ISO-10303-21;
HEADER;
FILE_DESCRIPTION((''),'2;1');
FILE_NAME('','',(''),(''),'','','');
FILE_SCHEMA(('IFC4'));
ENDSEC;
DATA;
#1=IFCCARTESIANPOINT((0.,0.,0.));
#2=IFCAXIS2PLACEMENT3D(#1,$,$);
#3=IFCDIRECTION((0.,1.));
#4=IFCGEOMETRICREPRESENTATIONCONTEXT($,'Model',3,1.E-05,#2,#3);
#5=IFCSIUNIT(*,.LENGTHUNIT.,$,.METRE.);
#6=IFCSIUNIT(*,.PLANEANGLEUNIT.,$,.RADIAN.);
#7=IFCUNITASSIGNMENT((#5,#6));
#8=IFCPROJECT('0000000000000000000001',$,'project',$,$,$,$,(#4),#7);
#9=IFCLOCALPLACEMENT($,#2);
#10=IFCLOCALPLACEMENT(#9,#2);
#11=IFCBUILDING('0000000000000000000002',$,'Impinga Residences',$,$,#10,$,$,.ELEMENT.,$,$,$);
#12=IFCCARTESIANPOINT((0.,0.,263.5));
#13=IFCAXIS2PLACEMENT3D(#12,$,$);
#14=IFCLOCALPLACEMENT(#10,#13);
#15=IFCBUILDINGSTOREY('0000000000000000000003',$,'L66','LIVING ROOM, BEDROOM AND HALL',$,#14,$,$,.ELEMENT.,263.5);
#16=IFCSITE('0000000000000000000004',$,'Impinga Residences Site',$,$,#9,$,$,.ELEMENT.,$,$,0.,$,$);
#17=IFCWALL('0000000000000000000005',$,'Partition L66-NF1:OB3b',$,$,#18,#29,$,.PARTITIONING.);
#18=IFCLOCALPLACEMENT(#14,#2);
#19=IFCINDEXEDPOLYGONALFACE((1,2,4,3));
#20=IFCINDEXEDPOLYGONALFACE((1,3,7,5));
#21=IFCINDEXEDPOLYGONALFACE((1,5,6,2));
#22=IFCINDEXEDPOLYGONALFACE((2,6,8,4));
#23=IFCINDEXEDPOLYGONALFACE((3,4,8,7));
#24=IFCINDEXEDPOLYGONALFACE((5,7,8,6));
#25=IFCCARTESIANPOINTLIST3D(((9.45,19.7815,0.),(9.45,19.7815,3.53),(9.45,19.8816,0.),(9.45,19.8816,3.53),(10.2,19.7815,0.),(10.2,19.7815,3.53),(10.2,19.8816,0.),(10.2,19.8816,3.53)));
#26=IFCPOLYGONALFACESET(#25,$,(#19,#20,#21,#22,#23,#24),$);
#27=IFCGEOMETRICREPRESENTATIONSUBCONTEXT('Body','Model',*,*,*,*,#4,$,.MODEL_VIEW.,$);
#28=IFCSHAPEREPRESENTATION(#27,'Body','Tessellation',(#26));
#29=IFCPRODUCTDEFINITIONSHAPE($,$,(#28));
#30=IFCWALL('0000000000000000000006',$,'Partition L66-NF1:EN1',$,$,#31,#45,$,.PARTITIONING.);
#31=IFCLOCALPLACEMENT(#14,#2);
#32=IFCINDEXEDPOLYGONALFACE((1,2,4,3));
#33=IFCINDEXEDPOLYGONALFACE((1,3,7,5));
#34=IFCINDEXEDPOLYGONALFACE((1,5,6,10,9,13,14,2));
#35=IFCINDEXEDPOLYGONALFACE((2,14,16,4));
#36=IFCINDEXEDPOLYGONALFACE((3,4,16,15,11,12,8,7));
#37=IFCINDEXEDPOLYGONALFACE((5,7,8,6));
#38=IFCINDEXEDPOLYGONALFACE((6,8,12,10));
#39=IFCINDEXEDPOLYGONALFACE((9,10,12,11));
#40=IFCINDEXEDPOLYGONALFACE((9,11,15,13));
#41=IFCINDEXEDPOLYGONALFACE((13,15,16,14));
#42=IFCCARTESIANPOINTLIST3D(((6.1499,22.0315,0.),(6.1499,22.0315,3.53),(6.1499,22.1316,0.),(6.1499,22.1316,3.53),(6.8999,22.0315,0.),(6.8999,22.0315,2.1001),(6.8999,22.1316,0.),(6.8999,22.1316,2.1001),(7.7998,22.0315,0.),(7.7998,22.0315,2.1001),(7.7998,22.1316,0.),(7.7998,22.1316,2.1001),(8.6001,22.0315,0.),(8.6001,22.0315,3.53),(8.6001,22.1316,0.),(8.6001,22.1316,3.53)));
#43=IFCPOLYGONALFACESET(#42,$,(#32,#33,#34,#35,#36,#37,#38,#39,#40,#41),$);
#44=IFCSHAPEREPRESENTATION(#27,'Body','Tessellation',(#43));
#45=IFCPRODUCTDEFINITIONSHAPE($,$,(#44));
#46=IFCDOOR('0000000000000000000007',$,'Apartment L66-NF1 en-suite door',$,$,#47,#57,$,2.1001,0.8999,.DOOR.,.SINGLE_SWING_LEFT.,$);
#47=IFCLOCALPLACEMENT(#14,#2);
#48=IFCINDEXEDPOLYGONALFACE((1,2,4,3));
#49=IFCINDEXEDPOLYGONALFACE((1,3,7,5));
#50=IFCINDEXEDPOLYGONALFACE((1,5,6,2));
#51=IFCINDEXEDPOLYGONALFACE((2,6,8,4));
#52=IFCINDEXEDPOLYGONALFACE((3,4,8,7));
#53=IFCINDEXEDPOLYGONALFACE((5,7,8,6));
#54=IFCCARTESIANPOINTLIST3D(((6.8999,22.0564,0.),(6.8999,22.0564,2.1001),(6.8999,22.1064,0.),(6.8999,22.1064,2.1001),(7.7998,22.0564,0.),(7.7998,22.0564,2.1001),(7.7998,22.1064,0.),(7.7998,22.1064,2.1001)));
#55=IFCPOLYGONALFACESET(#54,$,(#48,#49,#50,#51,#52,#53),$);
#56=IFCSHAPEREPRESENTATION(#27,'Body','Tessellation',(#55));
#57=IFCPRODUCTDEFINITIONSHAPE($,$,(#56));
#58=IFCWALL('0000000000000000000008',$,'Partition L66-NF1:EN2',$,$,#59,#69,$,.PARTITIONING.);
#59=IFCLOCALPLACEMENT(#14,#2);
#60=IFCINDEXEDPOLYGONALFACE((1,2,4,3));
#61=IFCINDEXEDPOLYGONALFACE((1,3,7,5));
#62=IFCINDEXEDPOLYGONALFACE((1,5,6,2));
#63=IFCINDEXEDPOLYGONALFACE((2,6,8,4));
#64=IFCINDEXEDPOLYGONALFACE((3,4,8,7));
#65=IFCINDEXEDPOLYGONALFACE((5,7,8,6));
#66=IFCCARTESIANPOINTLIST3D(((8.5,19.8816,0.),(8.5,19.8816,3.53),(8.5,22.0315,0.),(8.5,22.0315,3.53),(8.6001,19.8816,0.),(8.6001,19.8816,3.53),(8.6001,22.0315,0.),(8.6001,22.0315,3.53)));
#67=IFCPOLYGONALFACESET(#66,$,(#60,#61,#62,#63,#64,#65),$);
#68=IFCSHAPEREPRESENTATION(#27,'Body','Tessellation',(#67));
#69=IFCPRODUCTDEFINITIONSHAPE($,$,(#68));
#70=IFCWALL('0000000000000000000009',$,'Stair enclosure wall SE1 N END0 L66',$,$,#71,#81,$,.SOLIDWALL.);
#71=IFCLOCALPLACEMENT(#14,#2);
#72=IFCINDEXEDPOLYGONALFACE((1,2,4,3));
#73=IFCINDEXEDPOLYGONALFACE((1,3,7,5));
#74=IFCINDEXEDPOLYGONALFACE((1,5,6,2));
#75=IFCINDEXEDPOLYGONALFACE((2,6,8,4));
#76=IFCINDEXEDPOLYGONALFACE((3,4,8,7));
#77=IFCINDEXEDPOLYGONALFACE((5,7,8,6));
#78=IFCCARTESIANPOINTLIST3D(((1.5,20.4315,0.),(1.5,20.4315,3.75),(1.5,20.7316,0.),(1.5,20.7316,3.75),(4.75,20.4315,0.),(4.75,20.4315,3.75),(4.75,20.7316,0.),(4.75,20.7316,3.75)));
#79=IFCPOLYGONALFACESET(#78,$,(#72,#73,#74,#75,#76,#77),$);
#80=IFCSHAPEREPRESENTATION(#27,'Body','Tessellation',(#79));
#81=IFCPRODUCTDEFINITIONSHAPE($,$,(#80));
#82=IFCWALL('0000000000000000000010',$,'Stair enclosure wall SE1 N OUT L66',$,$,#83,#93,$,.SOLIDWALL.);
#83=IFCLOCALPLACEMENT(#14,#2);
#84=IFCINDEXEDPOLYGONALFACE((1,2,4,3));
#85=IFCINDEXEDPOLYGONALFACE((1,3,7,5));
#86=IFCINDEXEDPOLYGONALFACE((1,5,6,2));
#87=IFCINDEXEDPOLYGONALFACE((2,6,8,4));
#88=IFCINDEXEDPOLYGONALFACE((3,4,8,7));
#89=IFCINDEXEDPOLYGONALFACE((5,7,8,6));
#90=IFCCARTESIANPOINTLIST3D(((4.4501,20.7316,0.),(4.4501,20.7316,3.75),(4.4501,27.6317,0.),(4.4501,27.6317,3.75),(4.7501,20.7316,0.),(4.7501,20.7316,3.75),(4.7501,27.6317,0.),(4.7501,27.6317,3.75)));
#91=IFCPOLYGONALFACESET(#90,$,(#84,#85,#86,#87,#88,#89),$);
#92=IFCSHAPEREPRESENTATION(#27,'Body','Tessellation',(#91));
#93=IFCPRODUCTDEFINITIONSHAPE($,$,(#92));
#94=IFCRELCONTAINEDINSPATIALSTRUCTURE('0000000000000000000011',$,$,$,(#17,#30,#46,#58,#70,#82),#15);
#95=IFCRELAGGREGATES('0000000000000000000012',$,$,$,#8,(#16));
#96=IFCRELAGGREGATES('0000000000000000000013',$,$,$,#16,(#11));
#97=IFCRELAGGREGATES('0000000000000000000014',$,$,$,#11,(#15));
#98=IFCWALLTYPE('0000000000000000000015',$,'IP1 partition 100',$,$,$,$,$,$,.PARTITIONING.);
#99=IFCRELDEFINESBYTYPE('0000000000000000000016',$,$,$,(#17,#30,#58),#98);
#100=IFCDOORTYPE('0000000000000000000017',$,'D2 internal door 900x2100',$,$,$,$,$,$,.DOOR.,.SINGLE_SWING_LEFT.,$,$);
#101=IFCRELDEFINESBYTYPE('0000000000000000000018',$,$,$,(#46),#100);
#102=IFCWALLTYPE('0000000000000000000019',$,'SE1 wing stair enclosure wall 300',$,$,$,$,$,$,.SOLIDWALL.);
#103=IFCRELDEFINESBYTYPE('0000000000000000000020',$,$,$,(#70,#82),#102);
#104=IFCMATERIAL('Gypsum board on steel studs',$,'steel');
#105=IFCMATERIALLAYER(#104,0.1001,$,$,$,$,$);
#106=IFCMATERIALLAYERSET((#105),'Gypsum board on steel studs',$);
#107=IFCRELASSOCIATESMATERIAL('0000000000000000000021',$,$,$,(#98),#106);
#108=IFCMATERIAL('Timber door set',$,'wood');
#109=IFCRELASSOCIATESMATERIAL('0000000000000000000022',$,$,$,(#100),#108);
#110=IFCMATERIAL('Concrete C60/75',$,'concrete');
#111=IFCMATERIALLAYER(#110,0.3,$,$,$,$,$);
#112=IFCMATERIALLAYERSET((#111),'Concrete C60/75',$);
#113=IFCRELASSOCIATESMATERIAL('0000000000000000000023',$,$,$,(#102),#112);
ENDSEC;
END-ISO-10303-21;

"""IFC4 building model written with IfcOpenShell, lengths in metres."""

from ifc_helpers import new_model, si_unit, direction, frame, frame_2d, origin, place, context, subcontext, project, spatial, rectangle, extrude, material, layer, layer_set, type_object, element, fill, save


model = new_model("IFC4")

# Units and contexts
model_context = context("Model", 3, precision=1e-05, world=origin(), true_north=direction((0.0, 1.0)))
body_context = subcontext(model_context, "Body", "Model", "MODEL_VIEW")
ifc_project = project(units=[si_unit("LENGTHUNIT", "METRE"), si_unit("PLANEANGLEUNIT", "RADIAN")], contexts=[model_context])

# Site, building, storey
site_placement = place(None, origin())
site = spatial("IfcSite", under=ifc_project, at=site_placement, Name="Impinga Residences Site", CompositionType="ELEMENT", RefElevation=0.0)
building_placement = place(site_placement, origin())
building = spatial("IfcBuilding", under=site, at=building_placement, Name="Impinga Residences", CompositionType="ELEMENT")
storey_placement = place(building_placement, frame((0.0, 0.0, 263.5)))
storey = spatial("IfcBuildingStorey", under=building, at=storey_placement, Name="L66", Description="LIVING ROOM, BEDROOM AND HALL", CompositionType="ELEMENT", Elevation=263.5)

# Shared definitions
ifc_material_1 = material(Name="Concrete C60/75", Category="concrete")

# Shared definitions
ifc_material_2 = material(Name="Gypsum board on steel studs", Category="steel")
ifc_layer_1 = layer(ifc_material_2, 0.1001)
ifc_layer_set_1 = layer_set([ifc_layer_1], Name="Gypsum board on steel studs")
wall_type_1 = type_object("IfcWallType", Name="IP1 partition 100", PredefinedType="PARTITIONING", material=ifc_layer_set_1)

# Shared definitions
ifc_material_3 = material(Name="Timber door set", Category="wood")
door_type = type_object("IfcDoorType", Name="D2 internal door 900x2100", OperationType="SINGLE_SWING_LEFT", PredefinedType="DOOR", material=ifc_material_3)

# Wall
wall_1_placement = place(storey_placement, frame((9.45, 19.8315, 0.0), z_axis=(0.0, 0.0, 1.0), x_axis=(1.0, 0.0, 0.0)))
element("IfcWall", 1, at=wall_1_placement, inside=storey, type_object=wall_type_1, Name="Partition L66-NF1:OB3b", PredefinedType="PARTITIONING", context=body_context, shape_type="SweptSolid", body=[
    extrude(rectangle(XDim=0.75, YDim=0.1001, at=frame_2d((0.375, 0.0))), origin(), (0.0, 0.0, 1.0), 3.53),
])

# Wall, opening, door
wall_2_placement = place(storey_placement, frame((6.1499, 22.0815, 0.0), z_axis=(0.0, 0.0, 1.0), x_axis=(1.0, 0.0, 0.0)))
wall_2 = element("IfcWall", 2, at=wall_2_placement, inside=storey, type_object=wall_type_1, Name="Partition L66-NF1:EN1", PredefinedType="PARTITIONING", context=body_context, shape_type="SweptSolid", body=[
    extrude(rectangle(XDim=2.4502, YDim=0.1001, at=frame_2d((1.2251, 0.0))), origin(), (0.0, 0.0, 1.0), 3.53),
])
opening_1_placement = place(wall_2_placement, frame((0.75, 0.0, 0.0)))
opening_1 = element("IfcOpeningElement", 3, at=opening_1_placement, cuts=wall_2, PredefinedType="OPENING", context=body_context, shape_type="SweptSolid", body=[
    extrude(rectangle(XDim=0.8999, YDim=2.1001, at=frame_2d((0.45, 1.05))), frame((0.0, 0.0601, 0.0), z_axis=(0.0, -1.0, 0.0), x_axis=(1.0, 0.0, 0.0)), (0.0, 0.0, 1.0), 0.1201),
])
door_1_placement = place(opening_1_placement, origin())
door_1 = element("IfcDoor", 4, at=door_1_placement, inside=storey, type_object=door_type, Name="Apartment L66-NF1 en-suite door", OperationType="SINGLE_SWING_LEFT", OverallHeight=2.1001, OverallWidth=0.8999, PredefinedType="DOOR", context=body_context, shape_type="SweptSolid", body=[
    extrude(rectangle(XDim=0.8999, YDim=2.1001, at=frame_2d((0.45, 1.05))), frame((0.0, 0.0249, 0.0), z_axis=(0.0, -1.0, 0.0), x_axis=(1.0, 0.0, 0.0)), (0.0, 0.0, 1.0), 0.05),
])
fill(opening_1, door_1)

# Walls
wall_3_placement = place(storey_placement, frame((8.55, 19.8816, 0.0), z_axis=(0.0, 0.0, 1.0), x_axis=(0.0, 1.0, 0.0)))
element("IfcWall", 5, at=wall_3_placement, inside=storey, type_object=wall_type_1, Name="Partition L66-NF1:EN2", PredefinedType="PARTITIONING", context=body_context, shape_type="SweptSolid", body=[
    extrude(rectangle(XDim=2.1499, YDim=0.1001, at=frame_2d((1.075, 0.0))), origin(), (0.0, 0.0, 1.0), 3.53),
])
ifc_layer_2 = layer(ifc_material_1, 0.3)
ifc_layer_set_2 = layer_set([ifc_layer_2], Name="Concrete C60/75")
wall_type_2 = type_object("IfcWallType", Name="SE1 wing stair enclosure wall 300", PredefinedType="SOLIDWALL", material=ifc_layer_set_2)
wall_4_placement = place(storey_placement, frame((1.5, 20.5815, 0.0), z_axis=(0.0, 0.0, 1.0), x_axis=(1.0, 0.0, 0.0)))
element("IfcWall", 6, at=wall_4_placement, inside=storey, type_object=wall_type_2, Name="Stair enclosure wall SE1 N END0 L66", PredefinedType="SOLIDWALL", context=body_context, shape_type="SweptSolid", body=[
    extrude(rectangle(XDim=3.25, YDim=0.3, at=frame_2d((1.625, 0.0))), origin(), (0.0, 0.0, 1.0), 3.75),
])
wall_5_placement = place(storey_placement, frame((4.6001, 20.7314, 0.0), z_axis=(0.0, 0.0, 1.0), x_axis=(0.0, 1.0, 0.0)))
element("IfcWall", 7, at=wall_5_placement, inside=storey, type_object=wall_type_2, Name="Stair enclosure wall SE1 N OUT L66", PredefinedType="SOLIDWALL", context=body_context, shape_type="SweptSolid", body=[
    extrude(rectangle(XDim=6.9001, YDim=0.3, at=frame_2d((3.4502, 0.0))), origin(), (0.0, 0.0, 1.0), 3.75),
])

save(model, "model.ifc")
